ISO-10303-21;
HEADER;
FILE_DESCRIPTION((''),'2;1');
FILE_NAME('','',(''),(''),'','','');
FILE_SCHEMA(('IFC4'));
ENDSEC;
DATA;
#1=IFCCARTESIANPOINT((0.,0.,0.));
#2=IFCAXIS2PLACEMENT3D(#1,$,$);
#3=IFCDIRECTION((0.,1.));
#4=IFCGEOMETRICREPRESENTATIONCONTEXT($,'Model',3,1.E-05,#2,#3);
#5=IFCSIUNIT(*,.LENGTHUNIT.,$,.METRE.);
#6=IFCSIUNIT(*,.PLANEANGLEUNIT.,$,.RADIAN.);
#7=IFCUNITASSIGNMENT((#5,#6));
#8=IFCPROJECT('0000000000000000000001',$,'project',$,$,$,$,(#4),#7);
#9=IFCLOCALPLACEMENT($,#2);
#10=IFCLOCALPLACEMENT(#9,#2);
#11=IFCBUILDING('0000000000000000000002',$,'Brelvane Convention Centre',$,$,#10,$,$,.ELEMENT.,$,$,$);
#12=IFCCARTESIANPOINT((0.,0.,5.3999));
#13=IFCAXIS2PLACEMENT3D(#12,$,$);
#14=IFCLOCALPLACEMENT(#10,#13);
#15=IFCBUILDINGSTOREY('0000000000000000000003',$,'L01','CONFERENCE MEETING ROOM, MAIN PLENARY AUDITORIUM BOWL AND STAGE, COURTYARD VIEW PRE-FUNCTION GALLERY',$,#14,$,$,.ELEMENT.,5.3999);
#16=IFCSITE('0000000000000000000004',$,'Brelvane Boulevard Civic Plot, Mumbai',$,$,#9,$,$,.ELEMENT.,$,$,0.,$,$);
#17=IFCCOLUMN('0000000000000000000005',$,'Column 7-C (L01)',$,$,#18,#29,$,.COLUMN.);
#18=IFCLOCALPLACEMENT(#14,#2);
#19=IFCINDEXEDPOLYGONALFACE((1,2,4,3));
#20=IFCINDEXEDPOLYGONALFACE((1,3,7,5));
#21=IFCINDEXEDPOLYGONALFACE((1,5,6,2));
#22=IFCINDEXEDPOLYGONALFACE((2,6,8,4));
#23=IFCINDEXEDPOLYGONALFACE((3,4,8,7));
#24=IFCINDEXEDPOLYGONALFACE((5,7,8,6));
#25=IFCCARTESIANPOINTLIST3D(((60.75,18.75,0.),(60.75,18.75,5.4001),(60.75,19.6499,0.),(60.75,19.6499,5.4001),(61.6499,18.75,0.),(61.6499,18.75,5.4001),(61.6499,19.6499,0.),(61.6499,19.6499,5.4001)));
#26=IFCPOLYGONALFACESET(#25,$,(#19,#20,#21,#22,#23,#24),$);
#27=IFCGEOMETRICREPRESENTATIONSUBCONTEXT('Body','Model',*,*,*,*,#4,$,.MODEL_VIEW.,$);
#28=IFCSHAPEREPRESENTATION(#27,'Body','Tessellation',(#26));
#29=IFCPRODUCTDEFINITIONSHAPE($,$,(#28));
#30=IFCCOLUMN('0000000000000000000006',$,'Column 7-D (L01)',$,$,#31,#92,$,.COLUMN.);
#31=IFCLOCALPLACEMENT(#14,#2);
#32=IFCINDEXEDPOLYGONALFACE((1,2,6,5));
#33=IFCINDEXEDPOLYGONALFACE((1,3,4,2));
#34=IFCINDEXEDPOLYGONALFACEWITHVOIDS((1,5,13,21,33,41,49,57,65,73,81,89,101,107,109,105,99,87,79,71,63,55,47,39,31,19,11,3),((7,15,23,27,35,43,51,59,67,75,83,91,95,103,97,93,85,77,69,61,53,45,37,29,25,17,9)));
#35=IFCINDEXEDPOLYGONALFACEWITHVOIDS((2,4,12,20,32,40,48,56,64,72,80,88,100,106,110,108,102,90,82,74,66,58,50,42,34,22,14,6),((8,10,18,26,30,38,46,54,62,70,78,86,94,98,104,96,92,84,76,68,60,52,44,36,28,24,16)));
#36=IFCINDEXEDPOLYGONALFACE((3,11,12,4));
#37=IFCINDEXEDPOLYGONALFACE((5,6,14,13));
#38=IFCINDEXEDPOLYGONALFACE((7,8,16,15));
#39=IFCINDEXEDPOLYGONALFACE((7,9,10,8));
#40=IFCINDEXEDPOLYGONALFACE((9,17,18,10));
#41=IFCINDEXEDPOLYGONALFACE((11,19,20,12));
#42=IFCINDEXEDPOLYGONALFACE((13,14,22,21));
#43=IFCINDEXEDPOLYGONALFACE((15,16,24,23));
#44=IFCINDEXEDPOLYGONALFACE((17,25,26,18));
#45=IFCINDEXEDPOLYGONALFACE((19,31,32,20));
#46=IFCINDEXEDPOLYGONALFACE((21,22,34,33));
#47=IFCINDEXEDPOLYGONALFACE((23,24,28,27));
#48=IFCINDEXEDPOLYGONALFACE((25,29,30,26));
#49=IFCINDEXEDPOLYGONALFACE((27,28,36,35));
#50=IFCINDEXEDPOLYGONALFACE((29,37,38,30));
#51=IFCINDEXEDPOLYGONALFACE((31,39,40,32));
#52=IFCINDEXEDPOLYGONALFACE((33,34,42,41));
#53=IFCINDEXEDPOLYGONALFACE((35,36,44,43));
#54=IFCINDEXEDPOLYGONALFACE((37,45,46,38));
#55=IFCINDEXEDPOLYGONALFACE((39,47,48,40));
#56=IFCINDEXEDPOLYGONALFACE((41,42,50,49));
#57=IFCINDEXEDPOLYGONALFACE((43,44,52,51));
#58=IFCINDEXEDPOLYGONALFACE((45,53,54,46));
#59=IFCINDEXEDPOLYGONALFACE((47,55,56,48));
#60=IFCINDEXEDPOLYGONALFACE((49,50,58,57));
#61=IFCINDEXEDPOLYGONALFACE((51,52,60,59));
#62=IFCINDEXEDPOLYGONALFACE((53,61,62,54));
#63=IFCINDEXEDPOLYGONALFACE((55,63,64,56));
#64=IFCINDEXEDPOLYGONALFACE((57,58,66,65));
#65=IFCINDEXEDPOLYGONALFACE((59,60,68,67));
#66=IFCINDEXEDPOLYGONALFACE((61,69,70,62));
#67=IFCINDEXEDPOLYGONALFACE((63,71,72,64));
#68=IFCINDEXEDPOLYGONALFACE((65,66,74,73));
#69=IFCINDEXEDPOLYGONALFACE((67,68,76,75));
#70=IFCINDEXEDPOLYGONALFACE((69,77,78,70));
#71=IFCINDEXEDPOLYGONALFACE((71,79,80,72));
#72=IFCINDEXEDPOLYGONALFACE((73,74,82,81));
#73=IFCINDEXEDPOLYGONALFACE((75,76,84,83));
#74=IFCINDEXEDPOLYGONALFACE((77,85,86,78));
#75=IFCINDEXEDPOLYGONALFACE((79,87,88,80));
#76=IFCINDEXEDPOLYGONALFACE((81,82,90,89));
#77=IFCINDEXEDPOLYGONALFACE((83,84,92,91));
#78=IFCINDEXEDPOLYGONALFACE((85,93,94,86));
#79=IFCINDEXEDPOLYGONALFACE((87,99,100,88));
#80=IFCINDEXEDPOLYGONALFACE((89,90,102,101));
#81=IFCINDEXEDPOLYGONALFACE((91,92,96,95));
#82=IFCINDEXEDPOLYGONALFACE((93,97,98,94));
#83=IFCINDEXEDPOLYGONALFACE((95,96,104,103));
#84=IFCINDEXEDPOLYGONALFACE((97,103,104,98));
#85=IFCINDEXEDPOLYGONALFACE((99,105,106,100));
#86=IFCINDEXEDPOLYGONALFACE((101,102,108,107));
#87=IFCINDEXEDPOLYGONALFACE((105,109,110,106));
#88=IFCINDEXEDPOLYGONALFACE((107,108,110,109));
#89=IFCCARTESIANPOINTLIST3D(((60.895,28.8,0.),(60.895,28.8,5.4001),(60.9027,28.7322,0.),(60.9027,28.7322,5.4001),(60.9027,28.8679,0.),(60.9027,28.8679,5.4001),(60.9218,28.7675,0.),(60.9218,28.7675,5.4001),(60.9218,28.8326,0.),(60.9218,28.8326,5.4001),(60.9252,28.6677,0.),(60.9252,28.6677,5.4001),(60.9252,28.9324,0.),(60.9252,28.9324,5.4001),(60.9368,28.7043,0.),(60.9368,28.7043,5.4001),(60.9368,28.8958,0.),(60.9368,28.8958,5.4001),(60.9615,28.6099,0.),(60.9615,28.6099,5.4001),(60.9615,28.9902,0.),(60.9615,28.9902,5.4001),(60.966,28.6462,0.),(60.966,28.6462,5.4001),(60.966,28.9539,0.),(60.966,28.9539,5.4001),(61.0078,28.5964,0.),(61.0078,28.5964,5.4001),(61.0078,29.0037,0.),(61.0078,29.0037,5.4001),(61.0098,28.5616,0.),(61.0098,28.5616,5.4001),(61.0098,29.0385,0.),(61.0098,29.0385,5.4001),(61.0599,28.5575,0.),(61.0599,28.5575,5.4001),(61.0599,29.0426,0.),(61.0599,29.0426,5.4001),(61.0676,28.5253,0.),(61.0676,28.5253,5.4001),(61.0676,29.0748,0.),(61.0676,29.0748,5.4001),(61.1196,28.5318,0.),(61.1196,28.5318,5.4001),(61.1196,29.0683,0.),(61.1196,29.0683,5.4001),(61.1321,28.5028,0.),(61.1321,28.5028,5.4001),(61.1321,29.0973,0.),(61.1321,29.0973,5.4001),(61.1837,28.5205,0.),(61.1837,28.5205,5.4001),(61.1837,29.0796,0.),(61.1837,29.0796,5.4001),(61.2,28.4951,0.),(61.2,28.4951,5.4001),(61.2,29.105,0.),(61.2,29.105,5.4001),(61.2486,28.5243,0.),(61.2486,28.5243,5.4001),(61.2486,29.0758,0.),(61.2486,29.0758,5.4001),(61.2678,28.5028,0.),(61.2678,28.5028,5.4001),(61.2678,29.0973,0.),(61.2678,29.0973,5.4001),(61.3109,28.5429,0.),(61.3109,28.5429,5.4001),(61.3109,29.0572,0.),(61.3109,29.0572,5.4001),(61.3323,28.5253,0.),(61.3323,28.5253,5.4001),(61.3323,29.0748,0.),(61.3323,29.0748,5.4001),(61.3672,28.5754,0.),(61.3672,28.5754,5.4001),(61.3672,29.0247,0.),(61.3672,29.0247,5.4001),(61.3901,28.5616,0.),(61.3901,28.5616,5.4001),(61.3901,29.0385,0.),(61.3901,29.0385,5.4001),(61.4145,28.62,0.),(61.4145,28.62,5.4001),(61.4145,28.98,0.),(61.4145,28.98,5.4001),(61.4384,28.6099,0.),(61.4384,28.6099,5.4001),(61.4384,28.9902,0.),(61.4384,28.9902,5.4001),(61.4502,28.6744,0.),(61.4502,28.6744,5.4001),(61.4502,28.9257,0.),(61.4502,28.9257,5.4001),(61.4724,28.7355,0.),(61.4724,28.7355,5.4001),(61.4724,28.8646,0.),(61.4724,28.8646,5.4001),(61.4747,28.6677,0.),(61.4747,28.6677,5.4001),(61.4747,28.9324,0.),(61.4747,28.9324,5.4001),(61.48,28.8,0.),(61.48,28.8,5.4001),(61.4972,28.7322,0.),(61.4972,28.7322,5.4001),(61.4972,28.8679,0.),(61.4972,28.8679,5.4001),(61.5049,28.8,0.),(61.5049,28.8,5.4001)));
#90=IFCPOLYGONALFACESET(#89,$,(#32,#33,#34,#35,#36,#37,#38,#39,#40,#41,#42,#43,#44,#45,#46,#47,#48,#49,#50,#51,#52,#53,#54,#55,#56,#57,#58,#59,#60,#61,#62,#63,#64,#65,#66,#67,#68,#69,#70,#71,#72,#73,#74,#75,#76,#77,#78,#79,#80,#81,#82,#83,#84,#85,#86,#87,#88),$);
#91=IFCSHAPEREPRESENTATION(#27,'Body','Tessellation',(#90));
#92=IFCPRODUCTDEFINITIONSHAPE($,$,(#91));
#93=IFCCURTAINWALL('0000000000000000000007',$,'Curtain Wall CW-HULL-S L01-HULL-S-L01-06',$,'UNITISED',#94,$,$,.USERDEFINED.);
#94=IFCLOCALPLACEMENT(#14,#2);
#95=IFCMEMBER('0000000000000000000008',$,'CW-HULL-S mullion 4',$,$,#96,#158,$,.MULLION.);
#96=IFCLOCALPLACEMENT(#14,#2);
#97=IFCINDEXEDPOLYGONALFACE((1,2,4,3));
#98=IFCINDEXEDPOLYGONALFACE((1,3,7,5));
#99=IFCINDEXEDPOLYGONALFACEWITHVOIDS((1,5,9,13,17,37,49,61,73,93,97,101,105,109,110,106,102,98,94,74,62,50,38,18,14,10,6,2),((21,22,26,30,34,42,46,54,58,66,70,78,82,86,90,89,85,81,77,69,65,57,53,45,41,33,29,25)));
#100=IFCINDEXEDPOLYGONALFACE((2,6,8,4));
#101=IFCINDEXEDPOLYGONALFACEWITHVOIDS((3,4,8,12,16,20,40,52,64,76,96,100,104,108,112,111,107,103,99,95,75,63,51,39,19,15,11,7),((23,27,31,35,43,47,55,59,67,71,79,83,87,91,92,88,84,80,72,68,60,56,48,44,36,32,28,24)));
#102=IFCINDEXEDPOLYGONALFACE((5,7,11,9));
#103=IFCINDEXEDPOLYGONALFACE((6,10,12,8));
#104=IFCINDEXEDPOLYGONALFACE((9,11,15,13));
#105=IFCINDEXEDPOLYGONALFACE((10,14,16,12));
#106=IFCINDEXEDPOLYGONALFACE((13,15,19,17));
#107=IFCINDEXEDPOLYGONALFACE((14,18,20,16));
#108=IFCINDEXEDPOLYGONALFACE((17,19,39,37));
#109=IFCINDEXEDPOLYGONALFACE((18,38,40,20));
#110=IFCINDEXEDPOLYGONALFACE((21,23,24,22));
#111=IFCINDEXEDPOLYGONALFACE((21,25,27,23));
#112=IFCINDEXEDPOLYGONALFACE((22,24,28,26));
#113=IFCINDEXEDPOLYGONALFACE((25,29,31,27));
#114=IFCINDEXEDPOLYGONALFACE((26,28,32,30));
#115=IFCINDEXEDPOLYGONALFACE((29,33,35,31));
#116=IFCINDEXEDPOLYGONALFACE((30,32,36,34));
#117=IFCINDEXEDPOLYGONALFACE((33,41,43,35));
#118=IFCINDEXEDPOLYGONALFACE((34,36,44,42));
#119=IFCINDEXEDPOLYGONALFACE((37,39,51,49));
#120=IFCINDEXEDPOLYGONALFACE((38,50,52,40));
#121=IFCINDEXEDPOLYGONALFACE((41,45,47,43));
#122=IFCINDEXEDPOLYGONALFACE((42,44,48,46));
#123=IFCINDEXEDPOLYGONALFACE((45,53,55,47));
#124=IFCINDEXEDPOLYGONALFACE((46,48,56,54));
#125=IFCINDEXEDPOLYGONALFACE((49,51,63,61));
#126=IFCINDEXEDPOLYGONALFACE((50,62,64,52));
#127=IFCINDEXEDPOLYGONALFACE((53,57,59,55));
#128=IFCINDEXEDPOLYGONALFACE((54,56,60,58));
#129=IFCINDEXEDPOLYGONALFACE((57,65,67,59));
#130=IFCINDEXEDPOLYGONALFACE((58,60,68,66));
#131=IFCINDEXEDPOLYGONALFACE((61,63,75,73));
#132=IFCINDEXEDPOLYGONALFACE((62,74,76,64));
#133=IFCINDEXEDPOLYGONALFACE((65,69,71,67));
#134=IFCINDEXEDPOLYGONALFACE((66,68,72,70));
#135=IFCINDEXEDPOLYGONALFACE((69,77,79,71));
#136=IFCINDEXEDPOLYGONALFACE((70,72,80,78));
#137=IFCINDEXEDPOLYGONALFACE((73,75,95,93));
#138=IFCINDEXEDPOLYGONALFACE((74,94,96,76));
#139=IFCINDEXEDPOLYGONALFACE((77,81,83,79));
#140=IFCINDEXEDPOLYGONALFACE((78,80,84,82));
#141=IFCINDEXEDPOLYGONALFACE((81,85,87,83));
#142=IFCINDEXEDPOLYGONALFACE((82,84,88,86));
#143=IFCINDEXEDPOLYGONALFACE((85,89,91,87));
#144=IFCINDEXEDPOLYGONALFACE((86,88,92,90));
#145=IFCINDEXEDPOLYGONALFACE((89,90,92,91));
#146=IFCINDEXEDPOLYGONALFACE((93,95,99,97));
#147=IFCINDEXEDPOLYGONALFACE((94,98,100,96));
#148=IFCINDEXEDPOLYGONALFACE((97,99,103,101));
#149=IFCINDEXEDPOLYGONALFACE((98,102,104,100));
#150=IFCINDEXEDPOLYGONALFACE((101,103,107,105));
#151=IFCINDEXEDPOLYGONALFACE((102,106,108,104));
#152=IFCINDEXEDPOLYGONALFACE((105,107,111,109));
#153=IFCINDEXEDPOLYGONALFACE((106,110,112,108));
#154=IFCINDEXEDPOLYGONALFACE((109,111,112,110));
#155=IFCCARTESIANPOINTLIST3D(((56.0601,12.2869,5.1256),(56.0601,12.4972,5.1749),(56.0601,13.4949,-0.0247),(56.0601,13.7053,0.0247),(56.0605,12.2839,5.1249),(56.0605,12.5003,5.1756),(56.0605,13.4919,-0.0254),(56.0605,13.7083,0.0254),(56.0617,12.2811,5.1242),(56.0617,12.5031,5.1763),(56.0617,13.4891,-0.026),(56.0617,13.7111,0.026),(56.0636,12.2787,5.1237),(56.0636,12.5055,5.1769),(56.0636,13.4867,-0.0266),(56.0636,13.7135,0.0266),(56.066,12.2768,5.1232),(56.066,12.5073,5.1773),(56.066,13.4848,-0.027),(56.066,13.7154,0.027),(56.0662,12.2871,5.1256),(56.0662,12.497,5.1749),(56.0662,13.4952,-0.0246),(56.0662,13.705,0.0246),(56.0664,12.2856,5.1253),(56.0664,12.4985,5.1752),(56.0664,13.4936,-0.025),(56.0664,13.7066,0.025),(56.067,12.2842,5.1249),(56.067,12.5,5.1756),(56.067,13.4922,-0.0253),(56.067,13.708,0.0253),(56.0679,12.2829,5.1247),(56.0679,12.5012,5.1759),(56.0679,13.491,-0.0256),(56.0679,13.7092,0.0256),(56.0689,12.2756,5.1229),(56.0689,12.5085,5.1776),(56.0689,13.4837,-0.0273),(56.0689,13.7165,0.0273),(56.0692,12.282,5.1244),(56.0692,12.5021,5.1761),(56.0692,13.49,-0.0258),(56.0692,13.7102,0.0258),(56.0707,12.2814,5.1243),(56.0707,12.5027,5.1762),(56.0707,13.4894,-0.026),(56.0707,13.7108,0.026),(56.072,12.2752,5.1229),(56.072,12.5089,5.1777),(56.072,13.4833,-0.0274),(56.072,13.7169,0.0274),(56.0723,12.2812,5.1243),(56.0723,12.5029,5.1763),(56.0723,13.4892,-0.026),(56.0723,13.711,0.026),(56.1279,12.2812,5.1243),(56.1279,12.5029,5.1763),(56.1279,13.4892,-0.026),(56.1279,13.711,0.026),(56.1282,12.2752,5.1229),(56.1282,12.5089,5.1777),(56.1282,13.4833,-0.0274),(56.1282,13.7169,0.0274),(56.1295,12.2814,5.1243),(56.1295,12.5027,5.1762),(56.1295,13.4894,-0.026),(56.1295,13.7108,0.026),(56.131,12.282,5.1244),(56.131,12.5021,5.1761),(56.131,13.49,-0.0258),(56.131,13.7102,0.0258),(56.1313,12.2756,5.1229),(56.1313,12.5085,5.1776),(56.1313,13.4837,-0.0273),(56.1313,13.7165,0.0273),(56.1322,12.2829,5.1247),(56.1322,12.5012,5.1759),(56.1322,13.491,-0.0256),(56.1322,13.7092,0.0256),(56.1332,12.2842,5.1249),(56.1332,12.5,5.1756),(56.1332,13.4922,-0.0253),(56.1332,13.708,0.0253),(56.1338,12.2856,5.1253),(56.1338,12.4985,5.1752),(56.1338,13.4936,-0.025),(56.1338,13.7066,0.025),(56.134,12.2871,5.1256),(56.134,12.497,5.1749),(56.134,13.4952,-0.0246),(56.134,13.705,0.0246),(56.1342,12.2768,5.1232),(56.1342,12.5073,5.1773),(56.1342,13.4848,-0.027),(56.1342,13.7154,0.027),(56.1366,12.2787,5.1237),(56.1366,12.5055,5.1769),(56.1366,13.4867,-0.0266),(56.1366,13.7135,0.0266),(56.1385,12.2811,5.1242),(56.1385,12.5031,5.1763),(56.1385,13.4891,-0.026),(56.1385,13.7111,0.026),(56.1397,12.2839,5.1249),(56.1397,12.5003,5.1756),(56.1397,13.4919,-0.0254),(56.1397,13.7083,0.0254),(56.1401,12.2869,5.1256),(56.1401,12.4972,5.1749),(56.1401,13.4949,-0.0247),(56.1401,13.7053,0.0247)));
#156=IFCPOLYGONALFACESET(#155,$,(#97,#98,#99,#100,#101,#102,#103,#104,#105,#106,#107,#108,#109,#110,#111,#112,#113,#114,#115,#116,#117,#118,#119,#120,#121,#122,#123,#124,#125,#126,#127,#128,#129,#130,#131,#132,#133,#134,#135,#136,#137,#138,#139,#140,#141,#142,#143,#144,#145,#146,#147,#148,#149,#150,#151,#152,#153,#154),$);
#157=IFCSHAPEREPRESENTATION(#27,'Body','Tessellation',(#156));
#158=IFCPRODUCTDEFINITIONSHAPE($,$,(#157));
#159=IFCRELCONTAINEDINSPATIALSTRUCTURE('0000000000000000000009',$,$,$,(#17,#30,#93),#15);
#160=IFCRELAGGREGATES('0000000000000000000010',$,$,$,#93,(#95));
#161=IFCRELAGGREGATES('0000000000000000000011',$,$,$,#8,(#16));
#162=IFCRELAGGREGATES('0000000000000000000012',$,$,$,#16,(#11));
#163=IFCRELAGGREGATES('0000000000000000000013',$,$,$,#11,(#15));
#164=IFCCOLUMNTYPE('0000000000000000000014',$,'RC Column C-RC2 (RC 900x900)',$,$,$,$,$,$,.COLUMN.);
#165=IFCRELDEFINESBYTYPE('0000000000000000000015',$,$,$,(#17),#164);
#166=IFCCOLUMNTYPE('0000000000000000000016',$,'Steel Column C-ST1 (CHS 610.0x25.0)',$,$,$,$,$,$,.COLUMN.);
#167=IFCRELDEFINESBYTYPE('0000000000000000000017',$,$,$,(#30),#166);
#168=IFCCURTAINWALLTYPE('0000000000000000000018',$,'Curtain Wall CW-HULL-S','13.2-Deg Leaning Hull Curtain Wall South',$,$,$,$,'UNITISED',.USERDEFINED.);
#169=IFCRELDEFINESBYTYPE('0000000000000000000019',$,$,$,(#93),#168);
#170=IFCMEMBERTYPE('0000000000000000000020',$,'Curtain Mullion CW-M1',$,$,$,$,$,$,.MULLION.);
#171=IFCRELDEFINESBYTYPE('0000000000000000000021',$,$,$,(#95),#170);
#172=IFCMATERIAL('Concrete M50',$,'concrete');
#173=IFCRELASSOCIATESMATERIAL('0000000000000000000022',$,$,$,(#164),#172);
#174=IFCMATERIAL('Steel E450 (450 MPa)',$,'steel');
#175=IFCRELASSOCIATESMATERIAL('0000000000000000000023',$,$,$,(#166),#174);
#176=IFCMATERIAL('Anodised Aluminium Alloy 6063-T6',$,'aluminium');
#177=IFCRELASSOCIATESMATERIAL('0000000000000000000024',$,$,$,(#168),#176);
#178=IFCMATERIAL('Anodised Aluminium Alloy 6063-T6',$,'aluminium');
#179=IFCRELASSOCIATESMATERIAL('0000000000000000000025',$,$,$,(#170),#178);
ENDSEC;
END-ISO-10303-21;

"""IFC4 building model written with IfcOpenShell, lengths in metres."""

from ifc_helpers import new_model, si_unit, direction, frame, origin, origin_2d, place, context, subcontext, project, spatial, rectangle, hollow_rectangle, hollow_circle, extrude, material, material_profile, profile_set, type_object, element, aggregate, save


model = new_model("IFC4")

# Units and contexts
model_context = context("Model", 3, precision=1e-05, world=origin(), true_north=direction((0.0, 1.0)))
body_context = subcontext(model_context, "Body", "Model", "MODEL_VIEW")
ifc_project = project(units=[si_unit("LENGTHUNIT", "METRE"), si_unit("PLANEANGLEUNIT", "RADIAN")], contexts=[model_context])

# Site, building, storey
site_placement = place(None, origin())
site = spatial("IfcSite", under=ifc_project, at=site_placement, Name="Brelvane Boulevard Civic Plot, Mumbai", CompositionType="ELEMENT", RefElevation=0.0)
building_placement = place(site_placement, origin())
building = spatial("IfcBuilding", under=site, at=building_placement, Name="Brelvane Convention Centre", CompositionType="ELEMENT")
storey_placement = place(building_placement, frame((0.0, 0.0, 5.3999)))
storey = spatial("IfcBuildingStorey", under=building, at=storey_placement, Name="L01", Description="CONFERENCE MEETING ROOM, MAIN PLENARY AUDITORIUM BOWL AND STAGE, COURTYARD VIEW PRE-FUNCTION GALLERY", CompositionType="ELEMENT", Elevation=5.3999)

# Columns
ifc_material_1 = material(Name="Concrete M50", Category="concrete")
ifc_material_profile_1 = material_profile(ifc_material_1, rectangle(XDim=0.8999, YDim=0.8999, at=origin_2d()), Name="RC 900x900")
ifc_profile_set_1 = profile_set([ifc_material_profile_1], Name="Concrete M50")
column_type_1 = type_object("IfcColumnType", Name="RC Column C-RC2 (RC 900x900)", PredefinedType="COLUMN", material=ifc_profile_set_1)
column_1_placement = place(storey_placement, frame((61.2, 19.2, 0.0), z_axis=(0.0, 0.0, 1.0), x_axis=(1.0, 0.0, 0.0)))
element("IfcColumn", 1, at=column_1_placement, inside=storey, type_object=column_type_1, Name="Column 7-C (L01)", PredefinedType="COLUMN", context=body_context, shape_type="SweptSolid", body=[
    extrude(rectangle(XDim=0.8999, YDim=0.8999, at=origin_2d()), origin(), (0.0, 0.0, 1.0), 5.4001),
])
ifc_material_2 = material(Name="Steel E450 (450 MPa)", Category="steel")
ifc_material_profile_2 = material_profile(ifc_material_2, hollow_circle(Radius=0.3049, WallThickness=0.0249, at=origin_2d()), Name="CHS 610.0x25.0")
ifc_profile_set_2 = profile_set([ifc_material_profile_2], Name="Steel E450 (450 MPa)")
column_type_2 = type_object("IfcColumnType", Name="Steel Column C-ST1 (CHS 610.0x25.0)", PredefinedType="COLUMN", material=ifc_profile_set_2)
column_2_placement = place(storey_placement, frame((61.2, 28.8, 0.0), z_axis=(0.0, 0.0, 1.0), x_axis=(1.0, 0.0, 0.0)))
element("IfcColumn", 2, at=column_2_placement, inside=storey, type_object=column_type_2, Name="Column 7-D (L01)", PredefinedType="COLUMN", context=body_context, shape_type="SweptSolid", body=[
    extrude(hollow_circle(Radius=0.3049, WallThickness=0.0249, at=origin_2d()), origin(), (0.0, 0.0, 1.0), 5.4001),
])

# Curtain wall, member
ifc_material_3 = material(Name="Anodised Aluminium Alloy 6063-T6", Category="aluminium")
curtain_wall_type = type_object("IfcCurtainWallType", Name="Curtain Wall CW-HULL-S", Description="13.2-Deg Leaning Hull Curtain Wall South", ElementType="UNITISED", PredefinedType="USERDEFINED", material=ifc_material_3)
curtain_wall_1_placement = place(storey_placement, origin())
curtain_wall_1 = element("IfcCurtainWall", 3, at=curtain_wall_1_placement, inside=storey, type_object=curtain_wall_type, Name="Curtain Wall CW-HULL-S L01-HULL-S-L01-06", ObjectType="UNITISED", PredefinedType="USERDEFINED")
ifc_material_4 = material(Name="Anodised Aluminium Alloy 6063-T6", Category="aluminium")
ifc_material_profile_3 = material_profile(ifc_material_4, hollow_rectangle(XDim=0.0801, YDim=0.24, WallThickness=0.0061, InnerFilletRadius=0.0061, OuterFilletRadius=0.012, at=origin_2d()), Name="ALU-M 240x80x6.0")
ifc_profile_set_3 = profile_set([ifc_material_profile_3], Name="Anodised Aluminium Alloy 6063-T6")
member_type_1 = type_object("IfcMemberType", Name="Curtain Mullion CW-M1", PredefinedType="MULLION", material=ifc_profile_set_3)
member_1_placement = place(storey_placement, frame((56.1001, 13.6001, 0.0), z_axis=(0.0, -0.22836, 0.973577), x_axis=(1.0, 0.0, 0.0)))
member_1 = element("IfcMember", 4, at=member_1_placement, type_object=member_type_1, Name="CW-HULL-S mullion 4", PredefinedType="MULLION", context=body_context, shape_type="SweptSolid", body=[
    extrude(hollow_rectangle(XDim=0.0801, YDim=0.24, WallThickness=0.0061, InnerFilletRadius=0.0061, OuterFilletRadius=0.012, at=origin_2d()), origin(), (0.0, 0.0, 1.0), 5.29),
])

aggregate(curtain_wall_1, [member_1])

save(model, "model.ifc")
